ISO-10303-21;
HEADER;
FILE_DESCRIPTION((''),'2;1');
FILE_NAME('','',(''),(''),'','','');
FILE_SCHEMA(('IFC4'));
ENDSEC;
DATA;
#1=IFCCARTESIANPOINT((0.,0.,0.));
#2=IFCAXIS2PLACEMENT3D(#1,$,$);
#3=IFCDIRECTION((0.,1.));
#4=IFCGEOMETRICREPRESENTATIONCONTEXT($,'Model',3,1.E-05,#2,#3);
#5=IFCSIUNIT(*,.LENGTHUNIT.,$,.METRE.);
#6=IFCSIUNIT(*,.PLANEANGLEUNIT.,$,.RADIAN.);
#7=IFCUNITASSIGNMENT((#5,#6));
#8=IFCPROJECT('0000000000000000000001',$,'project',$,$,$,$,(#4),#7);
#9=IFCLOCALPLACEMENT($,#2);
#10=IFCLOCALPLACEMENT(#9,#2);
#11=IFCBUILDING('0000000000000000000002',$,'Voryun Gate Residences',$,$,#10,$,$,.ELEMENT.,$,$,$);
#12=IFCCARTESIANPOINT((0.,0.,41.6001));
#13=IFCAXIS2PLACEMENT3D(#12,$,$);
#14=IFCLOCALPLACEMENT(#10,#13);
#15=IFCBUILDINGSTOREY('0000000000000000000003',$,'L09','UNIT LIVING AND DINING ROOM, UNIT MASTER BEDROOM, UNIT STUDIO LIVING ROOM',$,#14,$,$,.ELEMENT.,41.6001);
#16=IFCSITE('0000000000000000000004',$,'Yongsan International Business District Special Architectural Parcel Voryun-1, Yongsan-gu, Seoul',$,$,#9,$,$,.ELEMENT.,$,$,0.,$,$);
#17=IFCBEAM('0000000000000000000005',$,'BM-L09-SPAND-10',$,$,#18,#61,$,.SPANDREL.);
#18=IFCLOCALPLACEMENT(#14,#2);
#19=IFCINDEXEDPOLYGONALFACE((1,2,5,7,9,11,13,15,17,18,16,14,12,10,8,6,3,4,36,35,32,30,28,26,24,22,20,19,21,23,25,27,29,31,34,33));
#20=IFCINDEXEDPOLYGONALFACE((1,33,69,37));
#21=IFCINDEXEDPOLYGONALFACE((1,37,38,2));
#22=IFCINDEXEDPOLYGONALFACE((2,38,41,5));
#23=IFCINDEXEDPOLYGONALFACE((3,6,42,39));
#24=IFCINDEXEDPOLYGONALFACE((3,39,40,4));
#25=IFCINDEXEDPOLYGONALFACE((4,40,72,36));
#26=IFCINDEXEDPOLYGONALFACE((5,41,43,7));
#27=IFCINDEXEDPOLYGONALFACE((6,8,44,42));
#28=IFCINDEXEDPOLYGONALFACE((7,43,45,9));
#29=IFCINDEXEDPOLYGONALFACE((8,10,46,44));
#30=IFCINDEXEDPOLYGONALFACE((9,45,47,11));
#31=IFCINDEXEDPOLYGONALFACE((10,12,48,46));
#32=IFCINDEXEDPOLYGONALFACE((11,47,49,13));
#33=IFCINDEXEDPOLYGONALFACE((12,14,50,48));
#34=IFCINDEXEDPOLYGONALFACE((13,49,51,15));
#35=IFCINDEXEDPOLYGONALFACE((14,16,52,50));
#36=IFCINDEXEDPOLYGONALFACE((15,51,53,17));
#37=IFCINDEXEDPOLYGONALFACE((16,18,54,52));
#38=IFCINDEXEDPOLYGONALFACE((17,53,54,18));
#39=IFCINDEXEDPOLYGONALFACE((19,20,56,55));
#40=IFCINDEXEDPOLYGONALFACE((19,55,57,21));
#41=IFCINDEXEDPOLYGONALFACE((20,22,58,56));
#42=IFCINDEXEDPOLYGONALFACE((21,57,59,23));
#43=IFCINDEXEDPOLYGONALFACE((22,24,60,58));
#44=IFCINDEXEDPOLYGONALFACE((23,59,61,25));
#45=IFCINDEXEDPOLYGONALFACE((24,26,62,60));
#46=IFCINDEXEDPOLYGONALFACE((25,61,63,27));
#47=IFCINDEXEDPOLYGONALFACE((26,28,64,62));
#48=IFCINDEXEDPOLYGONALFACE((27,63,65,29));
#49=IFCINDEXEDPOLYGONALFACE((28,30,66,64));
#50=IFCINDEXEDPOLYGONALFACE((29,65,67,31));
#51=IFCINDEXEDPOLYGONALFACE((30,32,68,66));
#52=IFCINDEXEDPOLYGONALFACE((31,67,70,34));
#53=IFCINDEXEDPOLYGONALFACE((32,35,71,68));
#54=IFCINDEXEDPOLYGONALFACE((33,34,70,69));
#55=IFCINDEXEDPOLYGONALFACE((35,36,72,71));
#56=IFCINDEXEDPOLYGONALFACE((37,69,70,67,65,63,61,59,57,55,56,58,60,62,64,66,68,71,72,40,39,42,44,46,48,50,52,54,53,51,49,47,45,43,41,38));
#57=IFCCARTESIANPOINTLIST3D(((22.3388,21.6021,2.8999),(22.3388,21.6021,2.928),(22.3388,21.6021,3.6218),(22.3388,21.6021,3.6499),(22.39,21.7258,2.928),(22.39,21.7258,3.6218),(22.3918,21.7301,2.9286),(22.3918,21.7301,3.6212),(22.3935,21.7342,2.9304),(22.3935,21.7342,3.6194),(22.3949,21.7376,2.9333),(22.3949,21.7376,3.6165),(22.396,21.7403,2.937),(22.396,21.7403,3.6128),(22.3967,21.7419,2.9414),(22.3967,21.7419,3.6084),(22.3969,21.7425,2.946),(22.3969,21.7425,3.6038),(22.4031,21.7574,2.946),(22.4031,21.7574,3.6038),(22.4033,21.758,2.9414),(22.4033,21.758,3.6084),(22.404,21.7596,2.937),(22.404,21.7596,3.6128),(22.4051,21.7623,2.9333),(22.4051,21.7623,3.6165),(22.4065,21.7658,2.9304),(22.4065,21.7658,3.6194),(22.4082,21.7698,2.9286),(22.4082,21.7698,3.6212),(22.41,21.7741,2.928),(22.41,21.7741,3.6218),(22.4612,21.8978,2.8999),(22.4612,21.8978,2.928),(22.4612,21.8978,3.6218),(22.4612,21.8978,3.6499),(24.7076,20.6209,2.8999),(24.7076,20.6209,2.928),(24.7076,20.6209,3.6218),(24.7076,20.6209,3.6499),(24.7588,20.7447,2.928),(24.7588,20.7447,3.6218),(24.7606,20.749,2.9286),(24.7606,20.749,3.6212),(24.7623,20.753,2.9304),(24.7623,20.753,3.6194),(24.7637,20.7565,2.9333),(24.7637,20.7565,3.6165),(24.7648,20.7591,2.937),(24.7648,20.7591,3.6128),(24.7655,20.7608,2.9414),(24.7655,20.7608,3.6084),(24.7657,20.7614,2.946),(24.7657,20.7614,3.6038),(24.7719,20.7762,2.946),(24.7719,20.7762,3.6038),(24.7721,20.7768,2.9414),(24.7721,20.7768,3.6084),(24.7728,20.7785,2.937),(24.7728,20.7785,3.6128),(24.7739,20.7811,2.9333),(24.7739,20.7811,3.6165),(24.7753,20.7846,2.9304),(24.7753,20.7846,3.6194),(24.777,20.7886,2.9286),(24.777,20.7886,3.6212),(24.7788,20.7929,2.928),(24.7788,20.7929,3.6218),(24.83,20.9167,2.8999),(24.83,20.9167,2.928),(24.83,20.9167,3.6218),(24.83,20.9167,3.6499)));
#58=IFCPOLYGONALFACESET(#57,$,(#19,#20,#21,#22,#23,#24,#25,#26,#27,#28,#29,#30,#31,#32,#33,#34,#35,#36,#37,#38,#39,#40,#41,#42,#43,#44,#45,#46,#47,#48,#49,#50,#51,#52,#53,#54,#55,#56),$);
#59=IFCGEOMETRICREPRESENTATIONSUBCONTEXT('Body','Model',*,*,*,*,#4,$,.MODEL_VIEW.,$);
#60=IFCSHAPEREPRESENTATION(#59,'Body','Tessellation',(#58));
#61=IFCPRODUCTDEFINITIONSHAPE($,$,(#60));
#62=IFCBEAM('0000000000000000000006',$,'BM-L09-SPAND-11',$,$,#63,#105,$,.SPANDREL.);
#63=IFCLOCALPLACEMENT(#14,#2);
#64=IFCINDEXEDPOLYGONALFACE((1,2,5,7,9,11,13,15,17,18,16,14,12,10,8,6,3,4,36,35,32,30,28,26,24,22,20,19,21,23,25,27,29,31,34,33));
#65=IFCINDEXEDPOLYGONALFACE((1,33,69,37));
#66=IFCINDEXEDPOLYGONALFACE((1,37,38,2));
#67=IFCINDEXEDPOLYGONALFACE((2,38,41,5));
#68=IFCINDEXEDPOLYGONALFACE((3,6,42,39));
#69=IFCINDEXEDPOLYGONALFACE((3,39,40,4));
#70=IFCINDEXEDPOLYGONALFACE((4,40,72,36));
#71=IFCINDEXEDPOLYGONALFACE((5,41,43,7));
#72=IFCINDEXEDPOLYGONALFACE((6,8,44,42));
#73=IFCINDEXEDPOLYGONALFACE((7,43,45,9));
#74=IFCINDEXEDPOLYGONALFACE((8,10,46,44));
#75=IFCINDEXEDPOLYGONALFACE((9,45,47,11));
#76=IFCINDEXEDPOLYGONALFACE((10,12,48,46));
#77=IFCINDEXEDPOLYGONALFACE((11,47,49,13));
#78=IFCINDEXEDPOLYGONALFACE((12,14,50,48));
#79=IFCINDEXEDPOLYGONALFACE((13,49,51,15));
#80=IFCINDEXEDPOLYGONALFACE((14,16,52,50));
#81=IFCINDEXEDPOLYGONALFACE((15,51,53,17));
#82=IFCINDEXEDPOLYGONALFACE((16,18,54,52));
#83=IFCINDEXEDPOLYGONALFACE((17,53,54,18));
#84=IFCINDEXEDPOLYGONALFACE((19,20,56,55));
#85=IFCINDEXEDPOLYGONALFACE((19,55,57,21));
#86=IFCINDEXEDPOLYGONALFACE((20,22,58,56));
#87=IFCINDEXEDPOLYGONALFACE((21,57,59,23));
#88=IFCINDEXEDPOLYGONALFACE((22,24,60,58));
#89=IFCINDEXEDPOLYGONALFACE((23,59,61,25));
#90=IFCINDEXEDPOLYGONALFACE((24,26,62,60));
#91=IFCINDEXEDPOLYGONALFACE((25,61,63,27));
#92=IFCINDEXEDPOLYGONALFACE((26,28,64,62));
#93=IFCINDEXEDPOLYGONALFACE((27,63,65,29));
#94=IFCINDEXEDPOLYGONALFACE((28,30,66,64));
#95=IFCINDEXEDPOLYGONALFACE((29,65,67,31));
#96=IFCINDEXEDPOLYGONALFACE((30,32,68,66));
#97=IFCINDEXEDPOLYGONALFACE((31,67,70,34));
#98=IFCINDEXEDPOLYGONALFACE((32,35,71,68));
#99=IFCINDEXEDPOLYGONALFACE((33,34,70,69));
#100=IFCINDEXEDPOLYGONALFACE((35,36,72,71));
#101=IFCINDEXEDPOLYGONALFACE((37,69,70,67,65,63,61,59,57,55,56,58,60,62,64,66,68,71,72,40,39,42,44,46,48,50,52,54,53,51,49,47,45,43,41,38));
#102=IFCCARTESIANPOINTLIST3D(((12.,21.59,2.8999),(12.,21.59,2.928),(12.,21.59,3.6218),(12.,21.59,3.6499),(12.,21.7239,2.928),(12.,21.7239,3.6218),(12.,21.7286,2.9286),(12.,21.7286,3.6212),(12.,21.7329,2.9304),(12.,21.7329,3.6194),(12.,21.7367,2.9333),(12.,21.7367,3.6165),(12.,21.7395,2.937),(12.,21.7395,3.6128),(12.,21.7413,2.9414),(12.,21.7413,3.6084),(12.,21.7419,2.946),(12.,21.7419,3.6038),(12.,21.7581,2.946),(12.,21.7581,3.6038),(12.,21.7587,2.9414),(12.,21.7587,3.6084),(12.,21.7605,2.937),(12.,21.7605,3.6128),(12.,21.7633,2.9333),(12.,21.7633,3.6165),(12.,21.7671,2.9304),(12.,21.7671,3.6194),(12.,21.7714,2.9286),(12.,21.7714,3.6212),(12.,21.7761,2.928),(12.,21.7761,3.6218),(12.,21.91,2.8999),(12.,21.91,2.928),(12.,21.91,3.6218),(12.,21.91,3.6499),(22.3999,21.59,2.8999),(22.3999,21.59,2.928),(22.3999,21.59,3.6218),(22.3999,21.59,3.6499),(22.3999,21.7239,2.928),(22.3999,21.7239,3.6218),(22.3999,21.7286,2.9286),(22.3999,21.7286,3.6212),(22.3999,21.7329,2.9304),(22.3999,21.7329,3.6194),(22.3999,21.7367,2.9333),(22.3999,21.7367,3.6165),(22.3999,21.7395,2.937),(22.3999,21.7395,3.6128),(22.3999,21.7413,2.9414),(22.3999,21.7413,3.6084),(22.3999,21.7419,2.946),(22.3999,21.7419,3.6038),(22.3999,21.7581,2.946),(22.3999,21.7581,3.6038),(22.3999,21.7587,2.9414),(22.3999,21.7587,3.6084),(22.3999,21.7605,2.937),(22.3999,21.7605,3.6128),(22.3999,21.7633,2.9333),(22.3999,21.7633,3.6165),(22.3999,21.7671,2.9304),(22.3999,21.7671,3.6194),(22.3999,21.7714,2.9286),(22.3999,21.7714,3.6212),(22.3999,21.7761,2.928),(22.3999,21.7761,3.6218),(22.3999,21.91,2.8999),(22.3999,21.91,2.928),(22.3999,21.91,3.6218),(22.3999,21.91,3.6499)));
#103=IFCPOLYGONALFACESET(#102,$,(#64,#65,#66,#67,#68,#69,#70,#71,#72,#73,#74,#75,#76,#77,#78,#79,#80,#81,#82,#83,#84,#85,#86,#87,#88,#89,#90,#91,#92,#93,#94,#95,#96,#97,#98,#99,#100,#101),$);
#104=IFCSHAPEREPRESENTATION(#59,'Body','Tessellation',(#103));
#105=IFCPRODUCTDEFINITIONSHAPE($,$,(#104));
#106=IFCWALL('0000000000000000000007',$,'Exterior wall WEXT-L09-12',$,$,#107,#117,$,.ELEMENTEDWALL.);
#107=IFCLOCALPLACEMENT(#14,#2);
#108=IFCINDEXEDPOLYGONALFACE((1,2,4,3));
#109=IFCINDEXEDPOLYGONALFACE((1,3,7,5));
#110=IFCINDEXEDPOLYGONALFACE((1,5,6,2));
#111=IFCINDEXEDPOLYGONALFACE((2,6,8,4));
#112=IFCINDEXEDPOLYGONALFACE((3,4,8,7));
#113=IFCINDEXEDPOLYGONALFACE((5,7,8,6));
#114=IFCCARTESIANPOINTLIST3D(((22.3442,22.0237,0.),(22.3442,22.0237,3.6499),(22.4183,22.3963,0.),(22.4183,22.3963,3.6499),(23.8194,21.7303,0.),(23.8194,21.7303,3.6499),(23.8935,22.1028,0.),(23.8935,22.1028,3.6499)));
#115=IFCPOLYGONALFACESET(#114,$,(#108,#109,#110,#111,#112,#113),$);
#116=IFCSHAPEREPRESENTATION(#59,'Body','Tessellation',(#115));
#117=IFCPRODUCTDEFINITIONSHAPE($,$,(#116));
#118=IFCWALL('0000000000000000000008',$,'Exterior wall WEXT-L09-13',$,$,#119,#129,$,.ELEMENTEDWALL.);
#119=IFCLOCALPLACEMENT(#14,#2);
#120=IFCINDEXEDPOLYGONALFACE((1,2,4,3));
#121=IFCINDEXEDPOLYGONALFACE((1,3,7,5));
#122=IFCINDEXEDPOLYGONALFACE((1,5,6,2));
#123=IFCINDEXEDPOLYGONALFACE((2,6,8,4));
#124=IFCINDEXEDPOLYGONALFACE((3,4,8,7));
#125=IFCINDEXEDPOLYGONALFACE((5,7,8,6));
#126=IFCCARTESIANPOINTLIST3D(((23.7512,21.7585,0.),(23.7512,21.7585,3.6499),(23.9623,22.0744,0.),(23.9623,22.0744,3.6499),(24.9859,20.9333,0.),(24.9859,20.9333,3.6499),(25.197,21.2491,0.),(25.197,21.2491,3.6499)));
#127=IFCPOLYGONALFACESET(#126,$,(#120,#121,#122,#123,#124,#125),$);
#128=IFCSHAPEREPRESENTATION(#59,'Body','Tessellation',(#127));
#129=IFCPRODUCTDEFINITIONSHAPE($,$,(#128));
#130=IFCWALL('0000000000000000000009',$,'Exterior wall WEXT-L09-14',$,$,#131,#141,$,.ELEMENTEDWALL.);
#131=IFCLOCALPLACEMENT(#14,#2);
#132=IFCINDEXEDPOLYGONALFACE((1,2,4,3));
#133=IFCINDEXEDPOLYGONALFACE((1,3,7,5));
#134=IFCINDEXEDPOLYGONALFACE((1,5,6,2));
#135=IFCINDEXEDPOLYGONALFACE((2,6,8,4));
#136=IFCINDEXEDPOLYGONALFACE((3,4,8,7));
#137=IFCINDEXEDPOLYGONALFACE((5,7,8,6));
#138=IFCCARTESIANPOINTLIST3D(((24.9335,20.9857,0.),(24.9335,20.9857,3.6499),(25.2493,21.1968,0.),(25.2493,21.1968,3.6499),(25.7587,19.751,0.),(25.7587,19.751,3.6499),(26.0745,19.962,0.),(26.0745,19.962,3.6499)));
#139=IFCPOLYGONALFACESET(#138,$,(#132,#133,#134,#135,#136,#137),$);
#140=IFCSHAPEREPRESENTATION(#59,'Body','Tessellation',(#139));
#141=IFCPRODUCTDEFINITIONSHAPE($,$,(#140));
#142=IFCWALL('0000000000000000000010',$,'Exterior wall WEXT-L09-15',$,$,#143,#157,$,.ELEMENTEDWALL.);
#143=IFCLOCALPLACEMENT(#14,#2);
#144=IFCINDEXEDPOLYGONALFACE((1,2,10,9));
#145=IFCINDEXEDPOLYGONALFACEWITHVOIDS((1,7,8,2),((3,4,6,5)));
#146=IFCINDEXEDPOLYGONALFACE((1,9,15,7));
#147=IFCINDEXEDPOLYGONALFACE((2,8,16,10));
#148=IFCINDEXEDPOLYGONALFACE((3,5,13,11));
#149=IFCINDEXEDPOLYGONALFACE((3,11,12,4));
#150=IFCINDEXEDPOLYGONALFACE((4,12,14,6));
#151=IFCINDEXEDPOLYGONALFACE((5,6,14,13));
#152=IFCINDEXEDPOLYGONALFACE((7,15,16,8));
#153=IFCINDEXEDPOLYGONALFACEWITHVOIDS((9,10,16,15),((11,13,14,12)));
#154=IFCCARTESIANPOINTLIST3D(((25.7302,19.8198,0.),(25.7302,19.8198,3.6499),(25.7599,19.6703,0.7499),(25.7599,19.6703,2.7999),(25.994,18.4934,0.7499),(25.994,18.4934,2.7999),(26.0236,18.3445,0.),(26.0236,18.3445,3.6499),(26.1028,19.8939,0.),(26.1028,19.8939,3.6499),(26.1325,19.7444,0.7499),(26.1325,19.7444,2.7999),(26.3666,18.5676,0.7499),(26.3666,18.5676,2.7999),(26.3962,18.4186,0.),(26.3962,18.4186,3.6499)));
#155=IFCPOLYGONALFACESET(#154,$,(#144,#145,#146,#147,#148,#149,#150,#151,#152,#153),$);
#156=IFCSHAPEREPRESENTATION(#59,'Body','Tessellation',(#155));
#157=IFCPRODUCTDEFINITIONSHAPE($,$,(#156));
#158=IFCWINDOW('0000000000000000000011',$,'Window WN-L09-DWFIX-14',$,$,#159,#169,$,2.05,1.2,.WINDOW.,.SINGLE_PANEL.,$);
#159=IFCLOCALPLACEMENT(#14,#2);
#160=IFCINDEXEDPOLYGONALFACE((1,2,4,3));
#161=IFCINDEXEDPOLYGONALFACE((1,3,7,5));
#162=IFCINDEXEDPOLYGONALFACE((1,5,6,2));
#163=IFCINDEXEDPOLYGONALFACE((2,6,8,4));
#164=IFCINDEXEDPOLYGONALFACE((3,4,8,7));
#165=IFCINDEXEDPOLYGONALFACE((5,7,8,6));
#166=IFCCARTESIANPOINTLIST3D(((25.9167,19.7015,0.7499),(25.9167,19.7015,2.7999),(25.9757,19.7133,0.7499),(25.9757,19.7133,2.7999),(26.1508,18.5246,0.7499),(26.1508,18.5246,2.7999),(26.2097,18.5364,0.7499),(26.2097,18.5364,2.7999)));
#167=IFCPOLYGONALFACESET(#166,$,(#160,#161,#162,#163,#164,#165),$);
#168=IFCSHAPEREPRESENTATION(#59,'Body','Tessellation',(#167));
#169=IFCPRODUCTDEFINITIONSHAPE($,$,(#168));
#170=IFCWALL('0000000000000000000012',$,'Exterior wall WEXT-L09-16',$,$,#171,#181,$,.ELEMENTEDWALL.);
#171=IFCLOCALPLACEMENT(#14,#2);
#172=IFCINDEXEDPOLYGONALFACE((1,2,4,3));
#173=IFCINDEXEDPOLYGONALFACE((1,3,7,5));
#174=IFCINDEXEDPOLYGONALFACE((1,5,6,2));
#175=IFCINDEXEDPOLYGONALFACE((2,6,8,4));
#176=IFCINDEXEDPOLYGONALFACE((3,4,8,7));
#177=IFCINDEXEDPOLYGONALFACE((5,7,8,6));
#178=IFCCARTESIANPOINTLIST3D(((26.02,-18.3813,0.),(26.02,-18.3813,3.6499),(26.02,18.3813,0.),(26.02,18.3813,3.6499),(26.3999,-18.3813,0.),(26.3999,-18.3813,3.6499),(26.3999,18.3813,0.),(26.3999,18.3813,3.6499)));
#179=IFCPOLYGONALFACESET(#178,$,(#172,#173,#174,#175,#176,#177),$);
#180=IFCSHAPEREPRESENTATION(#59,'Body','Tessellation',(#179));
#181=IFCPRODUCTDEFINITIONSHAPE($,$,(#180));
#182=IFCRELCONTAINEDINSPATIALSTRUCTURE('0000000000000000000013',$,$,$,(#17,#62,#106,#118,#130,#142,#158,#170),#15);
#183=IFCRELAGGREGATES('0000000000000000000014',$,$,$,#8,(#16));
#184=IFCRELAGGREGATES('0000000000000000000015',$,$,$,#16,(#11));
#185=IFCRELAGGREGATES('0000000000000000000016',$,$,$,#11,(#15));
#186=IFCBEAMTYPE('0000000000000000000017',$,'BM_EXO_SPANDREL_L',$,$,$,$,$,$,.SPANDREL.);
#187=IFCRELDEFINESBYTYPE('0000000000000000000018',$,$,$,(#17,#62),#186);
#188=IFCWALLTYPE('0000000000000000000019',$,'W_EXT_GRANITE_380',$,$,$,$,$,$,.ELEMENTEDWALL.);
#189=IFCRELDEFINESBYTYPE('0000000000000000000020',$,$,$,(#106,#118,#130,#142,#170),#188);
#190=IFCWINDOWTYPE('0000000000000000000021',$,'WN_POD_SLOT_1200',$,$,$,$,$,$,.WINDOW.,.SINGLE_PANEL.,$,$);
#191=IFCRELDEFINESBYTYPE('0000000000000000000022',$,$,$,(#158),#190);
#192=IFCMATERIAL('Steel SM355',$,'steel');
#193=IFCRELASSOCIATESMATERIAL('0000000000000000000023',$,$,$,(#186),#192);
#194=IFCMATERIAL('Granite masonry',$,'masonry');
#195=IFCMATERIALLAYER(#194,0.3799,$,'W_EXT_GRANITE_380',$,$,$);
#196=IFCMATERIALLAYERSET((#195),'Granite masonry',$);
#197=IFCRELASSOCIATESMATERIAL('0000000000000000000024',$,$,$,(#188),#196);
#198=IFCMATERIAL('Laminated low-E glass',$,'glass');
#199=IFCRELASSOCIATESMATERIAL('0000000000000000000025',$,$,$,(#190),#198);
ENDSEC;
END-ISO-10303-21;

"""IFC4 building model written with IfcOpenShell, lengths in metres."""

from ifc_helpers import new_model, si_unit, direction, frame, frame_2d, origin, origin_2d, place, context, subcontext, project, spatial, rectangle, i_section, extrude, material, layer, layer_set, material_profile, profile_set, type_object, element, fill, save


model = new_model("IFC4")

# Units and contexts
model_context = context("Model", 3, precision=1e-05, world=origin(), true_north=direction((0.0, 1.0)))
body_context = subcontext(model_context, "Body", "Model", "MODEL_VIEW")
ifc_project = project(units=[si_unit("LENGTHUNIT", "METRE"), si_unit("PLANEANGLEUNIT", "RADIAN")], contexts=[model_context])

# Site, building, storey
site_placement = place(None, origin())
site = spatial("IfcSite", under=ifc_project, at=site_placement, Name="Yongsan International Business District Special Architectural Parcel Voryun-1, Yongsan-gu, Seoul", CompositionType="ELEMENT", RefElevation=0.0)
building_placement = place(site_placement, origin())
building = spatial("IfcBuilding", under=site, at=building_placement, Name="Voryun Gate Residences", CompositionType="ELEMENT")
storey_placement = place(building_placement, frame((0.0, 0.0, 41.6001)))
storey = spatial("IfcBuildingStorey", under=building, at=storey_placement, Name="L09", Description="UNIT LIVING AND DINING ROOM, UNIT MASTER BEDROOM, UNIT STUDIO LIVING ROOM", CompositionType="ELEMENT", Elevation=41.6001)

# Beams
ifc_material_1 = material(Name="Steel SM355", Category="steel")
ifc_material_profile_1 = material_profile(ifc_material_1, i_section(OverallWidth=0.3201, OverallDepth=0.75, WebThickness=0.0161, FlangeThickness=0.0281, FilletRadius=0.0181, at=origin_2d()), Name="H-750x320x16x28")
ifc_profile_set_1 = profile_set([ifc_material_profile_1], Name="Steel SM355")
beam_type = type_object("IfcBeamType", Name="BM_EXO_SPANDREL_L", PredefinedType="SPANDREL", material=ifc_profile_set_1)
beam_1_placement = place(storey_placement, frame((24.7688, 20.7688, 3.2749), z_axis=(-0.923883, 0.382674, 0.0), x_axis=(-0.382674, -0.923883, 0.0)))
element("IfcBeam", 1, at=beam_1_placement, inside=storey, type_object=beam_type, Name="BM-L09-SPAND-10", PredefinedType="SPANDREL", context=body_context, shape_type="SweptSolid", body=[
    extrude(i_section(OverallWidth=0.3201, OverallDepth=0.75, WebThickness=0.0161, FlangeThickness=0.0281, FilletRadius=0.0181, at=origin_2d()), origin(), (0.0, 0.0, 1.0), 2.564),
])
beam_2_placement = place(storey_placement, frame((22.3999, 21.75, 3.2749), z_axis=(-1.0, 0.0, 0.0), x_axis=(0.0, -1.0, 0.0)))
element("IfcBeam", 2, at=beam_2_placement, inside=storey, type_object=beam_type, Name="BM-L09-SPAND-11", PredefinedType="SPANDREL", context=body_context, shape_type="SweptSolid", body=[
    extrude(i_section(OverallWidth=0.3201, OverallDepth=0.75, WebThickness=0.0161, FlangeThickness=0.0281, FilletRadius=0.0181, at=origin_2d()), origin(), (0.0, 0.0, 1.0), 10.3999),
])

# Walls
ifc_material_2 = material(Name="Granite masonry", Category="masonry")
ifc_layer_1 = layer(ifc_material_2, 0.3799, Name="W_EXT_GRANITE_380")
ifc_layer_set_1 = layer_set([ifc_layer_1], Name="Granite masonry")
wall_type_1 = type_object("IfcWallType", Name="W_EXT_GRANITE_380", PredefinedType="ELEMENTEDWALL", material=ifc_layer_set_1)
wall_1_placement = place(storey_placement, frame((22.3813, 22.21, 0.0), z_axis=(0.0, 0.0, 1.0), x_axis=(0.980786, -0.195086, 0.0)))
element("IfcWall", 3, at=wall_1_placement, inside=storey, type_object=wall_type_1, Name="Exterior wall WEXT-L09-12", PredefinedType="ELEMENTEDWALL", context=body_context, shape_type="SweptSolid", body=[
    extrude(rectangle(XDim=1.5042, YDim=0.3799, at=frame_2d((0.752, 0.0))), origin(), (0.0, 0.0, 1.0), 3.6499),
])
for number, where, z_axis, x_axis, name in (
    (4, (23.8567, 21.9165, 0.0), (0.0, 0.0, 1.0), (0.831392, -0.555686, 0.0), "Exterior wall WEXT-L09-13"),
    (5, (25.0913, 21.0913, 0.0), (0.0, 0.0, 1.0), (0.555686, -0.831392, 0.0), "Exterior wall WEXT-L09-14"),
):
    element("IfcWall", number, at=place(storey_placement, frame(where, z_axis=z_axis, x_axis=x_axis)), inside=storey, type_object=wall_type_1, Name=name, PredefinedType="ELEMENTEDWALL", context=body_context, shape_type="SweptSolid", body=[
        extrude(rectangle(XDim=1.4851, YDim=0.3799, at=frame_2d((0.7427, 0.0))), origin(), (0.0, 0.0, 1.0), 3.6499),
    ])

# Wall, opening, window
wall_2_placement = place(storey_placement, frame((25.9165, 19.8567, 0.0), z_axis=(0.0, 0.0, 1.0), x_axis=(0.195086, -0.980786, 0.0)))
wall_2 = element("IfcWall", 6, at=wall_2_placement, inside=storey, type_object=wall_type_1, Name="Exterior wall WEXT-L09-15", PredefinedType="ELEMENTEDWALL", context=body_context, shape_type="SweptSolid", body=[
    extrude(rectangle(XDim=1.5042, YDim=0.3799, at=frame_2d((0.752, 0.0))), origin(), (0.0, 0.0, 1.0), 3.6499),
])
opening_1_placement = place(wall_2_placement, frame((0.1521, 0.0, 0.75)))
opening_1 = element("IfcOpeningElement", 7, at=opening_1_placement, cuts=wall_2, PredefinedType="OPENING", context=body_context, shape_type="SweptSolid", body=[
    extrude(rectangle(XDim=1.2, YDim=2.05, at=frame_2d((0.6001, 1.0249))), frame((0.0, 0.2, 0.0), z_axis=(0.0, -1.0, 0.0), x_axis=(1.0, 0.0, 0.0)), (0.0, 0.0, 1.0), 0.3999),
])
ifc_material_3 = material(Name="Laminated low-E glass", Category="glass")
window_type = type_object("IfcWindowType", Name="WN_POD_SLOT_1200", PartitioningType="SINGLE_PANEL", PredefinedType="WINDOW", material=ifc_material_3)
window_placement = place(opening_1_placement, origin())
window = element("IfcWindow", 8, at=window_placement, inside=storey, type_object=window_type, Name="Window WN-L09-DWFIX-14", OverallHeight=2.05, OverallWidth=1.2, PartitioningType="SINGLE_PANEL", PredefinedType="WINDOW", context=body_context, shape_type="SweptSolid", body=[
    extrude(rectangle(XDim=1.2, YDim=2.05, at=frame_2d((0.6001, 1.0249))), frame((0.0, 0.03, 0.0), z_axis=(0.0, -1.0, 0.0), x_axis=(1.0, 0.0, 0.0)), (0.0, 0.0, 1.0), 0.0601),
])
fill(opening_1, window)

# Wall
wall_3_placement = place(storey_placement, frame((26.21, 18.3813, 0.0), z_axis=(0.0, 0.0, 1.0), x_axis=(0.0, -1.0, 0.0)))
element("IfcWall", 9, at=wall_3_placement, inside=storey, type_object=wall_type_1, Name="Exterior wall WEXT-L09-16", PredefinedType="ELEMENTEDWALL", context=body_context, shape_type="SweptSolid", body=[
    extrude(rectangle(XDim=36.7627, YDim=0.3799, at=frame_2d((18.3813, 0.0))), origin(), (0.0, 0.0, 1.0), 3.6499),
])

save(model, "model.ifc")
